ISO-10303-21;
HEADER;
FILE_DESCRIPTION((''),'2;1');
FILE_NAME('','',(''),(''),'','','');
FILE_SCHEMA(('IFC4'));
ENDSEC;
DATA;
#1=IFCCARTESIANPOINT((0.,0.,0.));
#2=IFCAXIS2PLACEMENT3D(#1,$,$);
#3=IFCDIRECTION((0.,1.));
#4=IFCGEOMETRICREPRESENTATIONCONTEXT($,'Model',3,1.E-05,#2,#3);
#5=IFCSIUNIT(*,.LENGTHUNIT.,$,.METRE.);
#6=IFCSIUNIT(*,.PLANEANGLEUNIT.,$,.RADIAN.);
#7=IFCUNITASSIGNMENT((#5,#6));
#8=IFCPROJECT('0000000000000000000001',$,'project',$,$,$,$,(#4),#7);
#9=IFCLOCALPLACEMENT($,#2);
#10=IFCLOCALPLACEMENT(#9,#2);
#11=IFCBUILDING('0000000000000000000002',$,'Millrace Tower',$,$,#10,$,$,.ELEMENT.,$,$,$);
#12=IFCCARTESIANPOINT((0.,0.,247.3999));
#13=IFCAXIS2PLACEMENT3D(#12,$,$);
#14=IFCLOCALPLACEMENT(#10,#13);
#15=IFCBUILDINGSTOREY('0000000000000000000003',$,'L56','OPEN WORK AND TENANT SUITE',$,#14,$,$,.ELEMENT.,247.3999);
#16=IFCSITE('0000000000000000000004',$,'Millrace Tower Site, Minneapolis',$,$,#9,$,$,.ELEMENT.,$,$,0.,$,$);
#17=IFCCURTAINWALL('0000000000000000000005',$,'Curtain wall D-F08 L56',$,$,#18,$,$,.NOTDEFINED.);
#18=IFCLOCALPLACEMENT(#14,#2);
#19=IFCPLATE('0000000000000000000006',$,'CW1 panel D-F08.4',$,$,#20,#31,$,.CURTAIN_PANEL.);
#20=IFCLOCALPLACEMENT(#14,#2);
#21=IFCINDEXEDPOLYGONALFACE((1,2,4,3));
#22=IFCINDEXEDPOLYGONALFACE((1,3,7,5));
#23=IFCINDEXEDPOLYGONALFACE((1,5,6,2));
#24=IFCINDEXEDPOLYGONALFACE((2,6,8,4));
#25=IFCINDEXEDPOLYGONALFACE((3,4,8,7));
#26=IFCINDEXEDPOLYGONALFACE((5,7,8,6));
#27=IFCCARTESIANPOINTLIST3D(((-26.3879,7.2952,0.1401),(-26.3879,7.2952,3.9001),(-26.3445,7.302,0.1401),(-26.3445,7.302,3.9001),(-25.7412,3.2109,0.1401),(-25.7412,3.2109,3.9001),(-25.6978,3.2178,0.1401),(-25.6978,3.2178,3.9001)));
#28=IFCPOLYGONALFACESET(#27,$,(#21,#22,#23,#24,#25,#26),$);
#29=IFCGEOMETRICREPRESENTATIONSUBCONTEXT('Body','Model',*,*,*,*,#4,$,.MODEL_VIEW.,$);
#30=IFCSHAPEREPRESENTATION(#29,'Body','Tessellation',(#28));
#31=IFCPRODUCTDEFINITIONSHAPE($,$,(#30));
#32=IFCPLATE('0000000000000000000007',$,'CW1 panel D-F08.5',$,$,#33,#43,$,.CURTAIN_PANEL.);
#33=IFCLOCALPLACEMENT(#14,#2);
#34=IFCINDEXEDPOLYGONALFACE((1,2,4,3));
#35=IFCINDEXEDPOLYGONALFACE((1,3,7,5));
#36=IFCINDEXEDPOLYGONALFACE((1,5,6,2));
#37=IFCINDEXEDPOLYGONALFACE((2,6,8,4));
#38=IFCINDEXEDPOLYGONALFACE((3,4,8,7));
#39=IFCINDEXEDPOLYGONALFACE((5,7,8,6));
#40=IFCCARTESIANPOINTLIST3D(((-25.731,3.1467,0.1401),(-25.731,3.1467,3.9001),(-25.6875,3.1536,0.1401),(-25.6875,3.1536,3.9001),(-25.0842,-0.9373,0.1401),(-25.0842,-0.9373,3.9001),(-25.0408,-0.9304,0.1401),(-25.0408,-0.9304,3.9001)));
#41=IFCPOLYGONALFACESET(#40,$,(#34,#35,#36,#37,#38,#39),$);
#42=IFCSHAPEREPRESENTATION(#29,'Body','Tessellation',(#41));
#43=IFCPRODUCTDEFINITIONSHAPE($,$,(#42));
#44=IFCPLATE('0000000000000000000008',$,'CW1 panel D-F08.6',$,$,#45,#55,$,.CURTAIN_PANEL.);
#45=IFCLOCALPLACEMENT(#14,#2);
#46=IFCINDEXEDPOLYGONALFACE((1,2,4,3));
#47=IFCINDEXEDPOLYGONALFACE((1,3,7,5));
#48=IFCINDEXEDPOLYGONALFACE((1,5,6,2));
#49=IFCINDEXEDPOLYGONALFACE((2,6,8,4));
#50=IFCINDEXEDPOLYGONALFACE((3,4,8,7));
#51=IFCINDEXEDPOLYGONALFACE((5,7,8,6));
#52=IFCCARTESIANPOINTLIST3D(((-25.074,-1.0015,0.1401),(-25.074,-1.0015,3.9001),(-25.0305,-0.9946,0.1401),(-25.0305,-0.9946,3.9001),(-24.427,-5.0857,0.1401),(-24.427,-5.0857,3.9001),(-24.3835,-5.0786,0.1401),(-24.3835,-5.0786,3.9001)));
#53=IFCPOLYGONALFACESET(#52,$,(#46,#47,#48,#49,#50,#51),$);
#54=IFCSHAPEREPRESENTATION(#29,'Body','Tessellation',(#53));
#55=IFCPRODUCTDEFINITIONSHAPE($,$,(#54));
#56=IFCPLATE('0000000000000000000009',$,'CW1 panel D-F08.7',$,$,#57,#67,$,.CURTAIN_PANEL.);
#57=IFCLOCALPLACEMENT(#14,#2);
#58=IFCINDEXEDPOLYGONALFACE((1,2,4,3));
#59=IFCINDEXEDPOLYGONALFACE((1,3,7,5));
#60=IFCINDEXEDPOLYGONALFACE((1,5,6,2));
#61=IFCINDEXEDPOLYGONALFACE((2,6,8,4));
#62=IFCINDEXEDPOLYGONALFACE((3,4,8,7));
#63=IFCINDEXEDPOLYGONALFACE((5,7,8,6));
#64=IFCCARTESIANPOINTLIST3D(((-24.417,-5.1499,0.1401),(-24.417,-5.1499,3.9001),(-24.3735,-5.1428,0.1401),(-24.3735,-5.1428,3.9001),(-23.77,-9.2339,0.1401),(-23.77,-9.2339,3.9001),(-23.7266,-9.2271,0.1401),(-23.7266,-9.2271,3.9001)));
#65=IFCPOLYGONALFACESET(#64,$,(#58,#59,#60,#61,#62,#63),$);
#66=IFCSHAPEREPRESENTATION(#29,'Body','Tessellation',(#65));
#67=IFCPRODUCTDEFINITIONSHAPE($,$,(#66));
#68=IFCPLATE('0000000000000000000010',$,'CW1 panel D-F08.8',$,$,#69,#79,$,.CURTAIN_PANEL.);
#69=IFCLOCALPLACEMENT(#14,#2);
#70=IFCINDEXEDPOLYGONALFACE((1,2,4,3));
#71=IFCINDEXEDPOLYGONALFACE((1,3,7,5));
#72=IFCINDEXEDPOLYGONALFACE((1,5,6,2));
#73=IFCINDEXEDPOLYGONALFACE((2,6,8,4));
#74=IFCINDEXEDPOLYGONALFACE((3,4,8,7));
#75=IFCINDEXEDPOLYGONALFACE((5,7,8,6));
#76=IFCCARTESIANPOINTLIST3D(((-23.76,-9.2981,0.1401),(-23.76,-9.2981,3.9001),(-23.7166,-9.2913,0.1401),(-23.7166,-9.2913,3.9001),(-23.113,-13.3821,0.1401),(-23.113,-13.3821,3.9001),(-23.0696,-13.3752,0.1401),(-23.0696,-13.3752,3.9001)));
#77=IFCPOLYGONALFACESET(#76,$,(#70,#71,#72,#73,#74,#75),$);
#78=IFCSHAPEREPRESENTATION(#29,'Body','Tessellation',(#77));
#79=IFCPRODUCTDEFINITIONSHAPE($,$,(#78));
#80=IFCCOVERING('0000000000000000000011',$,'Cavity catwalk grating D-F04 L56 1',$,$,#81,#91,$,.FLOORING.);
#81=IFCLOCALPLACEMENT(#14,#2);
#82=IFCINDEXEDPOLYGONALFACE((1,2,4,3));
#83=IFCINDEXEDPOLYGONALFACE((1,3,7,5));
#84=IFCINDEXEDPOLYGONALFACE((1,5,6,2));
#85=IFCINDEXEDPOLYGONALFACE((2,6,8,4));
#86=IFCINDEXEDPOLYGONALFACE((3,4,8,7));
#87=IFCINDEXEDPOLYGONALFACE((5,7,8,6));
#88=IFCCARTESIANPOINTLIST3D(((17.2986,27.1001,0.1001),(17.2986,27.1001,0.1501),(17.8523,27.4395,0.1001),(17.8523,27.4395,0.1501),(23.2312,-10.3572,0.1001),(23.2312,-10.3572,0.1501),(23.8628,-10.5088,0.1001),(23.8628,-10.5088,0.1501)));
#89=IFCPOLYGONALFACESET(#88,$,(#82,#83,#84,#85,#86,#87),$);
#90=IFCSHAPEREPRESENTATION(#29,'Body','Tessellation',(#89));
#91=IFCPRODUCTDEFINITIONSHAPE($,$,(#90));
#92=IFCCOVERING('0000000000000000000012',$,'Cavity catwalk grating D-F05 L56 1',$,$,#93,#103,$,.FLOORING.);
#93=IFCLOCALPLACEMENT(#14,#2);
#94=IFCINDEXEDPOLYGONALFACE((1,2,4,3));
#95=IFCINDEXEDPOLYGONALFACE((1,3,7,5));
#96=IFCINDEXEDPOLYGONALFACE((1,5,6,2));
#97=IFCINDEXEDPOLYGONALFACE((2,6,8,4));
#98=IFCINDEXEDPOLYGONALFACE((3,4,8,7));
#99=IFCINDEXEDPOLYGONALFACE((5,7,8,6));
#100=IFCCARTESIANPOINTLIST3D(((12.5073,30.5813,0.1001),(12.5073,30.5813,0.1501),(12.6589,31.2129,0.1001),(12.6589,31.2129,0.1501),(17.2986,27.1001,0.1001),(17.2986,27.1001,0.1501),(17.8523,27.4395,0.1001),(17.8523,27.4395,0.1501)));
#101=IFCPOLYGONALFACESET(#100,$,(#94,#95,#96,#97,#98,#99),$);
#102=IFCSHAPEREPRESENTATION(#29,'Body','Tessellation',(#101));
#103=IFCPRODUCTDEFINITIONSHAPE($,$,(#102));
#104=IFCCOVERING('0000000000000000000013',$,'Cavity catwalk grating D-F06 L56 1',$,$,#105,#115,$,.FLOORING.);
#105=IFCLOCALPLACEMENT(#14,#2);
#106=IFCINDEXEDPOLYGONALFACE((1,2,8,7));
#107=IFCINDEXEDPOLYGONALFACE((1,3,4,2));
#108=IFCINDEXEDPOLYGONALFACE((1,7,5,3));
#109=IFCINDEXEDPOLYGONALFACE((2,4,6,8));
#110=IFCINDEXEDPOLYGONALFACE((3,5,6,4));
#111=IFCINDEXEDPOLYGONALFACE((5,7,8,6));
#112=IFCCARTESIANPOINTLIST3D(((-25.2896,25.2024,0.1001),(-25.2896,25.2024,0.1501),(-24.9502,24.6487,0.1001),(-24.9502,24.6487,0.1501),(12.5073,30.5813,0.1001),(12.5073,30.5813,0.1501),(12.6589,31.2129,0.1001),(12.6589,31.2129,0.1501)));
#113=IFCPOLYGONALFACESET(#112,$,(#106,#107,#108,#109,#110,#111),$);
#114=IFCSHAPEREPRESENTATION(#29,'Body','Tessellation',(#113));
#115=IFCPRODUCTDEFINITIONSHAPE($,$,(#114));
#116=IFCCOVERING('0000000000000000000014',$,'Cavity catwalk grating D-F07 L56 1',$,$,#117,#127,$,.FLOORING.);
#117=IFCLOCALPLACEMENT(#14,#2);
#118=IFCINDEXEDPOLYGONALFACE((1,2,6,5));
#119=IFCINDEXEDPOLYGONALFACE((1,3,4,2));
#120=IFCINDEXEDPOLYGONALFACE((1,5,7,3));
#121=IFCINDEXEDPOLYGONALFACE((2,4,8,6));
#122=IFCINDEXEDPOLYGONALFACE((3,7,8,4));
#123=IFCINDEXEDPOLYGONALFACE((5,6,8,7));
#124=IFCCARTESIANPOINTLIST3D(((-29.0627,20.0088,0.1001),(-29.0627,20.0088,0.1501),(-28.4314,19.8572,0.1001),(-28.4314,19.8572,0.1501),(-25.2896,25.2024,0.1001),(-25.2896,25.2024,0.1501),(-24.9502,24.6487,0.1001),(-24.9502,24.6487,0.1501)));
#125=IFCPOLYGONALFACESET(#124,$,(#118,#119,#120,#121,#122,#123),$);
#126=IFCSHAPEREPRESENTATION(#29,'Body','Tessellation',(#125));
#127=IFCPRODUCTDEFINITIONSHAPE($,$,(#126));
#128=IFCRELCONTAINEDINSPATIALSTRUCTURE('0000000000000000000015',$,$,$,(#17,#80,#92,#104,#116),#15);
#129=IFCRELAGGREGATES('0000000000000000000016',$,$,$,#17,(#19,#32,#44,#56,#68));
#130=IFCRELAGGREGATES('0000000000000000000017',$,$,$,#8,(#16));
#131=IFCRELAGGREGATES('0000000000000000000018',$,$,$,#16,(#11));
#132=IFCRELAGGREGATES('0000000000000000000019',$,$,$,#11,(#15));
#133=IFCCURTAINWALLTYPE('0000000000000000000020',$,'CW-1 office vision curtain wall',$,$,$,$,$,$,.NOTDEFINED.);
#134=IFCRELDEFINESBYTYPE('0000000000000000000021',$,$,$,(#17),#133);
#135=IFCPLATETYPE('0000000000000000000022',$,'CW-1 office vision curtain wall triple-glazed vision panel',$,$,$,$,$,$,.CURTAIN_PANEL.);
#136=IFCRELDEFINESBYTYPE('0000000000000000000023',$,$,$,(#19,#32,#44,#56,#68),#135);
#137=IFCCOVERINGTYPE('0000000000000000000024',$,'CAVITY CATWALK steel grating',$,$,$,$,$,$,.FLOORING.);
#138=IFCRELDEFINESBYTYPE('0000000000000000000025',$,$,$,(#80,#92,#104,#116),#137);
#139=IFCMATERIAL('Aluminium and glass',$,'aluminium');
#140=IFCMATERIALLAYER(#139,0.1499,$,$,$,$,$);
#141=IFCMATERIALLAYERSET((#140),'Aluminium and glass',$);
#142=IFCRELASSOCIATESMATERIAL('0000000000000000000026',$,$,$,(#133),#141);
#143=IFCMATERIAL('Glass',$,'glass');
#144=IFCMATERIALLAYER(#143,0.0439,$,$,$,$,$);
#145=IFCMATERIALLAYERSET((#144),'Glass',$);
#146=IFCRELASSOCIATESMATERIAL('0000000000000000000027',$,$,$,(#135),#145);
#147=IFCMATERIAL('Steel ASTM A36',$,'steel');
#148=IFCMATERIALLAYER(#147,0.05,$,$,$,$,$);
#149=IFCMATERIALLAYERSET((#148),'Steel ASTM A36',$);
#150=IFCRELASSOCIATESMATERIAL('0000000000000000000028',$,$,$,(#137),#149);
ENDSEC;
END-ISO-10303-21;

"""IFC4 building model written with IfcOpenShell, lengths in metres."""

from ifc_helpers import new_model, si_unit, direction, frame, origin, place, context, subcontext, project, spatial, polyline, outline, extrude, material, layer, layer_set, type_object, element, aggregate, save


model = new_model("IFC4")

# Units and contexts
model_context = context("Model", 3, precision=1e-05, world=origin(), true_north=direction((0.0, 1.0)))
body_context = subcontext(model_context, "Body", "Model", "MODEL_VIEW")
ifc_project = project(units=[si_unit("LENGTHUNIT", "METRE"), si_unit("PLANEANGLEUNIT", "RADIAN")], contexts=[model_context])

# Site, building, storey
site_placement = place(None, origin())
site = spatial("IfcSite", under=ifc_project, at=site_placement, Name="Millrace Tower Site, Minneapolis", CompositionType="ELEMENT", RefElevation=0.0)
building_placement = place(site_placement, origin())
building = spatial("IfcBuilding", under=site, at=building_placement, Name="Millrace Tower", CompositionType="ELEMENT")
storey_placement = place(building_placement, frame((0.0, 0.0, 247.3999)))
storey = spatial("IfcBuildingStorey", under=building, at=storey_placement, Name="L56", Description="OPEN WORK AND TENANT SUITE", CompositionType="ELEMENT", Elevation=247.3999)

# Shared definitions
ifc_material_1 = material(Name="Aluminium and glass", Category="aluminium")
ifc_layer_1 = layer(ifc_material_1, 0.1499)
ifc_layer_set_1 = layer_set([ifc_layer_1], Name="Aluminium and glass")
curtain_wall_type = type_object("IfcCurtainWallType", Name="CW-1 office vision curtain wall", PredefinedType="NOTDEFINED", material=ifc_layer_set_1)
placement_1 = place(storey_placement, origin())
ifc_material_2 = material(Name="Glass", Category="glass")
ifc_layer_2 = layer(ifc_material_2, 0.0439)
ifc_layer_set_2 = layer_set([ifc_layer_2], Name="Glass")
plate_type = type_object("IfcPlateType", Name="CW-1 office vision curtain wall triple-glazed vision panel", PredefinedType="CURTAIN_PANEL", material=ifc_layer_set_2)
placement_2 = place(storey_placement, frame((0.0, 0.0, 0.1401)))

# Curtain wall, plates
curtain_wall_1 = element("IfcCurtainWall", 1, at=placement_1, inside=storey, type_object=curtain_wall_type, Name="Curtain wall D-F08 L56", PredefinedType="NOTDEFINED")
plate_1 = element("IfcPlate", 2, at=placement_2, type_object=plate_type, Name="CW1 panel D-F08.4", PredefinedType="CURTAIN_PANEL", context=body_context, shape_type="SweptSolid", body=[
    extrude(outline(polyline([(-26.3879, 7.2952), (-25.7412, 3.2109), (-25.6978, 3.2178), (-26.3445, 7.302), (-26.3879, 7.2952)])), origin(), (0.0, 0.0, 1.0), 3.76),
])
plate_2 = element("IfcPlate", 3, at=placement_2, type_object=plate_type, Name="CW1 panel D-F08.5", PredefinedType="CURTAIN_PANEL", context=body_context, shape_type="SweptSolid", body=[
    extrude(outline(polyline([(-25.731, 3.1467), (-25.0842, -0.9373), (-25.0408, -0.9304), (-25.6875, 3.1536), (-25.731, 3.1467)])), origin(), (0.0, 0.0, 1.0), 3.76),
])
plate_3 = element("IfcPlate", 4, at=placement_2, type_object=plate_type, Name="CW1 panel D-F08.6", PredefinedType="CURTAIN_PANEL", context=body_context, shape_type="SweptSolid", body=[
    extrude(outline(polyline([(-25.074, -1.0015), (-24.427, -5.0857), (-24.3835, -5.0786), (-25.0305, -0.9946), (-25.074, -1.0015)])), origin(), (0.0, 0.0, 1.0), 3.76),
])
plate_4 = element("IfcPlate", 5, at=placement_2, type_object=plate_type, Name="CW1 panel D-F08.7", PredefinedType="CURTAIN_PANEL", context=body_context, shape_type="SweptSolid", body=[
    extrude(outline(polyline([(-24.417, -5.1499), (-23.77, -9.2339), (-23.7266, -9.2271), (-24.3735, -5.1428), (-24.417, -5.1499)])), origin(), (0.0, 0.0, 1.0), 3.76),
])
plate_5 = element("IfcPlate", 6, at=placement_2, type_object=plate_type, Name="CW1 panel D-F08.8", PredefinedType="CURTAIN_PANEL", context=body_context, shape_type="SweptSolid", body=[
    extrude(outline(polyline([(-23.76, -9.2981), (-23.113, -13.3821), (-23.0696, -13.3752), (-23.7166, -9.2913), (-23.76, -9.2981)])), origin(), (0.0, 0.0, 1.0), 3.76),
])
aggregate(curtain_wall_1, [plate_1, plate_2, plate_3, plate_4, plate_5])

# Coverings
ifc_material_3 = material(Name="Steel ASTM A36", Category="steel")
ifc_layer_3 = layer(ifc_material_3, 0.05)
ifc_layer_set_3 = layer_set([ifc_layer_3], Name="Steel ASTM A36")
covering_type = type_object("IfcCoveringType", Name="CAVITY CATWALK steel grating", PredefinedType="FLOORING", material=ifc_layer_set_3)
placement_3 = place(storey_placement, frame((0.0, 0.0, 0.1001)))
element("IfcCovering", 7, at=placement_3, inside=storey, type_object=covering_type, Name="Cavity catwalk grating D-F04 L56 1", PredefinedType="FLOORING", context=body_context, shape_type="SweptSolid", body=[
    extrude(outline(polyline([(23.8628, -10.5088), (17.8523, 27.4395), (17.2986, 27.1001), (23.2312, -10.3572), (23.8628, -10.5088)])), origin(), (0.0, 0.0, 1.0), 0.05),
])
element("IfcCovering", 8, at=placement_3, inside=storey, type_object=covering_type, Name="Cavity catwalk grating D-F05 L56 1", PredefinedType="FLOORING", context=body_context, shape_type="SweptSolid", body=[
    extrude(outline(polyline([(17.8523, 27.4395), (12.6589, 31.2129), (12.5073, 30.5813), (17.2986, 27.1001), (17.8523, 27.4395)])), origin(), (0.0, 0.0, 1.0), 0.05),
])
element("IfcCovering", 9, at=placement_3, inside=storey, type_object=covering_type, Name="Cavity catwalk grating D-F06 L56 1", PredefinedType="FLOORING", context=body_context, shape_type="SweptSolid", body=[
    extrude(outline(polyline([(12.6589, 31.2129), (-25.2896, 25.2024), (-24.9502, 24.6487), (12.5073, 30.5813), (12.6589, 31.2129)])), origin(), (0.0, 0.0, 1.0), 0.05),
])
element("IfcCovering", 10, at=placement_3, inside=storey, type_object=covering_type, Name="Cavity catwalk grating D-F07 L56 1", PredefinedType="FLOORING", context=body_context, shape_type="SweptSolid", body=[
    extrude(outline(polyline([(-25.2896, 25.2024), (-29.0627, 20.0088), (-28.4314, 19.8572), (-24.9502, 24.6487), (-25.2896, 25.2024)])), origin(), (0.0, 0.0, 1.0), 0.05),
])

save(model, "model.ifc")
